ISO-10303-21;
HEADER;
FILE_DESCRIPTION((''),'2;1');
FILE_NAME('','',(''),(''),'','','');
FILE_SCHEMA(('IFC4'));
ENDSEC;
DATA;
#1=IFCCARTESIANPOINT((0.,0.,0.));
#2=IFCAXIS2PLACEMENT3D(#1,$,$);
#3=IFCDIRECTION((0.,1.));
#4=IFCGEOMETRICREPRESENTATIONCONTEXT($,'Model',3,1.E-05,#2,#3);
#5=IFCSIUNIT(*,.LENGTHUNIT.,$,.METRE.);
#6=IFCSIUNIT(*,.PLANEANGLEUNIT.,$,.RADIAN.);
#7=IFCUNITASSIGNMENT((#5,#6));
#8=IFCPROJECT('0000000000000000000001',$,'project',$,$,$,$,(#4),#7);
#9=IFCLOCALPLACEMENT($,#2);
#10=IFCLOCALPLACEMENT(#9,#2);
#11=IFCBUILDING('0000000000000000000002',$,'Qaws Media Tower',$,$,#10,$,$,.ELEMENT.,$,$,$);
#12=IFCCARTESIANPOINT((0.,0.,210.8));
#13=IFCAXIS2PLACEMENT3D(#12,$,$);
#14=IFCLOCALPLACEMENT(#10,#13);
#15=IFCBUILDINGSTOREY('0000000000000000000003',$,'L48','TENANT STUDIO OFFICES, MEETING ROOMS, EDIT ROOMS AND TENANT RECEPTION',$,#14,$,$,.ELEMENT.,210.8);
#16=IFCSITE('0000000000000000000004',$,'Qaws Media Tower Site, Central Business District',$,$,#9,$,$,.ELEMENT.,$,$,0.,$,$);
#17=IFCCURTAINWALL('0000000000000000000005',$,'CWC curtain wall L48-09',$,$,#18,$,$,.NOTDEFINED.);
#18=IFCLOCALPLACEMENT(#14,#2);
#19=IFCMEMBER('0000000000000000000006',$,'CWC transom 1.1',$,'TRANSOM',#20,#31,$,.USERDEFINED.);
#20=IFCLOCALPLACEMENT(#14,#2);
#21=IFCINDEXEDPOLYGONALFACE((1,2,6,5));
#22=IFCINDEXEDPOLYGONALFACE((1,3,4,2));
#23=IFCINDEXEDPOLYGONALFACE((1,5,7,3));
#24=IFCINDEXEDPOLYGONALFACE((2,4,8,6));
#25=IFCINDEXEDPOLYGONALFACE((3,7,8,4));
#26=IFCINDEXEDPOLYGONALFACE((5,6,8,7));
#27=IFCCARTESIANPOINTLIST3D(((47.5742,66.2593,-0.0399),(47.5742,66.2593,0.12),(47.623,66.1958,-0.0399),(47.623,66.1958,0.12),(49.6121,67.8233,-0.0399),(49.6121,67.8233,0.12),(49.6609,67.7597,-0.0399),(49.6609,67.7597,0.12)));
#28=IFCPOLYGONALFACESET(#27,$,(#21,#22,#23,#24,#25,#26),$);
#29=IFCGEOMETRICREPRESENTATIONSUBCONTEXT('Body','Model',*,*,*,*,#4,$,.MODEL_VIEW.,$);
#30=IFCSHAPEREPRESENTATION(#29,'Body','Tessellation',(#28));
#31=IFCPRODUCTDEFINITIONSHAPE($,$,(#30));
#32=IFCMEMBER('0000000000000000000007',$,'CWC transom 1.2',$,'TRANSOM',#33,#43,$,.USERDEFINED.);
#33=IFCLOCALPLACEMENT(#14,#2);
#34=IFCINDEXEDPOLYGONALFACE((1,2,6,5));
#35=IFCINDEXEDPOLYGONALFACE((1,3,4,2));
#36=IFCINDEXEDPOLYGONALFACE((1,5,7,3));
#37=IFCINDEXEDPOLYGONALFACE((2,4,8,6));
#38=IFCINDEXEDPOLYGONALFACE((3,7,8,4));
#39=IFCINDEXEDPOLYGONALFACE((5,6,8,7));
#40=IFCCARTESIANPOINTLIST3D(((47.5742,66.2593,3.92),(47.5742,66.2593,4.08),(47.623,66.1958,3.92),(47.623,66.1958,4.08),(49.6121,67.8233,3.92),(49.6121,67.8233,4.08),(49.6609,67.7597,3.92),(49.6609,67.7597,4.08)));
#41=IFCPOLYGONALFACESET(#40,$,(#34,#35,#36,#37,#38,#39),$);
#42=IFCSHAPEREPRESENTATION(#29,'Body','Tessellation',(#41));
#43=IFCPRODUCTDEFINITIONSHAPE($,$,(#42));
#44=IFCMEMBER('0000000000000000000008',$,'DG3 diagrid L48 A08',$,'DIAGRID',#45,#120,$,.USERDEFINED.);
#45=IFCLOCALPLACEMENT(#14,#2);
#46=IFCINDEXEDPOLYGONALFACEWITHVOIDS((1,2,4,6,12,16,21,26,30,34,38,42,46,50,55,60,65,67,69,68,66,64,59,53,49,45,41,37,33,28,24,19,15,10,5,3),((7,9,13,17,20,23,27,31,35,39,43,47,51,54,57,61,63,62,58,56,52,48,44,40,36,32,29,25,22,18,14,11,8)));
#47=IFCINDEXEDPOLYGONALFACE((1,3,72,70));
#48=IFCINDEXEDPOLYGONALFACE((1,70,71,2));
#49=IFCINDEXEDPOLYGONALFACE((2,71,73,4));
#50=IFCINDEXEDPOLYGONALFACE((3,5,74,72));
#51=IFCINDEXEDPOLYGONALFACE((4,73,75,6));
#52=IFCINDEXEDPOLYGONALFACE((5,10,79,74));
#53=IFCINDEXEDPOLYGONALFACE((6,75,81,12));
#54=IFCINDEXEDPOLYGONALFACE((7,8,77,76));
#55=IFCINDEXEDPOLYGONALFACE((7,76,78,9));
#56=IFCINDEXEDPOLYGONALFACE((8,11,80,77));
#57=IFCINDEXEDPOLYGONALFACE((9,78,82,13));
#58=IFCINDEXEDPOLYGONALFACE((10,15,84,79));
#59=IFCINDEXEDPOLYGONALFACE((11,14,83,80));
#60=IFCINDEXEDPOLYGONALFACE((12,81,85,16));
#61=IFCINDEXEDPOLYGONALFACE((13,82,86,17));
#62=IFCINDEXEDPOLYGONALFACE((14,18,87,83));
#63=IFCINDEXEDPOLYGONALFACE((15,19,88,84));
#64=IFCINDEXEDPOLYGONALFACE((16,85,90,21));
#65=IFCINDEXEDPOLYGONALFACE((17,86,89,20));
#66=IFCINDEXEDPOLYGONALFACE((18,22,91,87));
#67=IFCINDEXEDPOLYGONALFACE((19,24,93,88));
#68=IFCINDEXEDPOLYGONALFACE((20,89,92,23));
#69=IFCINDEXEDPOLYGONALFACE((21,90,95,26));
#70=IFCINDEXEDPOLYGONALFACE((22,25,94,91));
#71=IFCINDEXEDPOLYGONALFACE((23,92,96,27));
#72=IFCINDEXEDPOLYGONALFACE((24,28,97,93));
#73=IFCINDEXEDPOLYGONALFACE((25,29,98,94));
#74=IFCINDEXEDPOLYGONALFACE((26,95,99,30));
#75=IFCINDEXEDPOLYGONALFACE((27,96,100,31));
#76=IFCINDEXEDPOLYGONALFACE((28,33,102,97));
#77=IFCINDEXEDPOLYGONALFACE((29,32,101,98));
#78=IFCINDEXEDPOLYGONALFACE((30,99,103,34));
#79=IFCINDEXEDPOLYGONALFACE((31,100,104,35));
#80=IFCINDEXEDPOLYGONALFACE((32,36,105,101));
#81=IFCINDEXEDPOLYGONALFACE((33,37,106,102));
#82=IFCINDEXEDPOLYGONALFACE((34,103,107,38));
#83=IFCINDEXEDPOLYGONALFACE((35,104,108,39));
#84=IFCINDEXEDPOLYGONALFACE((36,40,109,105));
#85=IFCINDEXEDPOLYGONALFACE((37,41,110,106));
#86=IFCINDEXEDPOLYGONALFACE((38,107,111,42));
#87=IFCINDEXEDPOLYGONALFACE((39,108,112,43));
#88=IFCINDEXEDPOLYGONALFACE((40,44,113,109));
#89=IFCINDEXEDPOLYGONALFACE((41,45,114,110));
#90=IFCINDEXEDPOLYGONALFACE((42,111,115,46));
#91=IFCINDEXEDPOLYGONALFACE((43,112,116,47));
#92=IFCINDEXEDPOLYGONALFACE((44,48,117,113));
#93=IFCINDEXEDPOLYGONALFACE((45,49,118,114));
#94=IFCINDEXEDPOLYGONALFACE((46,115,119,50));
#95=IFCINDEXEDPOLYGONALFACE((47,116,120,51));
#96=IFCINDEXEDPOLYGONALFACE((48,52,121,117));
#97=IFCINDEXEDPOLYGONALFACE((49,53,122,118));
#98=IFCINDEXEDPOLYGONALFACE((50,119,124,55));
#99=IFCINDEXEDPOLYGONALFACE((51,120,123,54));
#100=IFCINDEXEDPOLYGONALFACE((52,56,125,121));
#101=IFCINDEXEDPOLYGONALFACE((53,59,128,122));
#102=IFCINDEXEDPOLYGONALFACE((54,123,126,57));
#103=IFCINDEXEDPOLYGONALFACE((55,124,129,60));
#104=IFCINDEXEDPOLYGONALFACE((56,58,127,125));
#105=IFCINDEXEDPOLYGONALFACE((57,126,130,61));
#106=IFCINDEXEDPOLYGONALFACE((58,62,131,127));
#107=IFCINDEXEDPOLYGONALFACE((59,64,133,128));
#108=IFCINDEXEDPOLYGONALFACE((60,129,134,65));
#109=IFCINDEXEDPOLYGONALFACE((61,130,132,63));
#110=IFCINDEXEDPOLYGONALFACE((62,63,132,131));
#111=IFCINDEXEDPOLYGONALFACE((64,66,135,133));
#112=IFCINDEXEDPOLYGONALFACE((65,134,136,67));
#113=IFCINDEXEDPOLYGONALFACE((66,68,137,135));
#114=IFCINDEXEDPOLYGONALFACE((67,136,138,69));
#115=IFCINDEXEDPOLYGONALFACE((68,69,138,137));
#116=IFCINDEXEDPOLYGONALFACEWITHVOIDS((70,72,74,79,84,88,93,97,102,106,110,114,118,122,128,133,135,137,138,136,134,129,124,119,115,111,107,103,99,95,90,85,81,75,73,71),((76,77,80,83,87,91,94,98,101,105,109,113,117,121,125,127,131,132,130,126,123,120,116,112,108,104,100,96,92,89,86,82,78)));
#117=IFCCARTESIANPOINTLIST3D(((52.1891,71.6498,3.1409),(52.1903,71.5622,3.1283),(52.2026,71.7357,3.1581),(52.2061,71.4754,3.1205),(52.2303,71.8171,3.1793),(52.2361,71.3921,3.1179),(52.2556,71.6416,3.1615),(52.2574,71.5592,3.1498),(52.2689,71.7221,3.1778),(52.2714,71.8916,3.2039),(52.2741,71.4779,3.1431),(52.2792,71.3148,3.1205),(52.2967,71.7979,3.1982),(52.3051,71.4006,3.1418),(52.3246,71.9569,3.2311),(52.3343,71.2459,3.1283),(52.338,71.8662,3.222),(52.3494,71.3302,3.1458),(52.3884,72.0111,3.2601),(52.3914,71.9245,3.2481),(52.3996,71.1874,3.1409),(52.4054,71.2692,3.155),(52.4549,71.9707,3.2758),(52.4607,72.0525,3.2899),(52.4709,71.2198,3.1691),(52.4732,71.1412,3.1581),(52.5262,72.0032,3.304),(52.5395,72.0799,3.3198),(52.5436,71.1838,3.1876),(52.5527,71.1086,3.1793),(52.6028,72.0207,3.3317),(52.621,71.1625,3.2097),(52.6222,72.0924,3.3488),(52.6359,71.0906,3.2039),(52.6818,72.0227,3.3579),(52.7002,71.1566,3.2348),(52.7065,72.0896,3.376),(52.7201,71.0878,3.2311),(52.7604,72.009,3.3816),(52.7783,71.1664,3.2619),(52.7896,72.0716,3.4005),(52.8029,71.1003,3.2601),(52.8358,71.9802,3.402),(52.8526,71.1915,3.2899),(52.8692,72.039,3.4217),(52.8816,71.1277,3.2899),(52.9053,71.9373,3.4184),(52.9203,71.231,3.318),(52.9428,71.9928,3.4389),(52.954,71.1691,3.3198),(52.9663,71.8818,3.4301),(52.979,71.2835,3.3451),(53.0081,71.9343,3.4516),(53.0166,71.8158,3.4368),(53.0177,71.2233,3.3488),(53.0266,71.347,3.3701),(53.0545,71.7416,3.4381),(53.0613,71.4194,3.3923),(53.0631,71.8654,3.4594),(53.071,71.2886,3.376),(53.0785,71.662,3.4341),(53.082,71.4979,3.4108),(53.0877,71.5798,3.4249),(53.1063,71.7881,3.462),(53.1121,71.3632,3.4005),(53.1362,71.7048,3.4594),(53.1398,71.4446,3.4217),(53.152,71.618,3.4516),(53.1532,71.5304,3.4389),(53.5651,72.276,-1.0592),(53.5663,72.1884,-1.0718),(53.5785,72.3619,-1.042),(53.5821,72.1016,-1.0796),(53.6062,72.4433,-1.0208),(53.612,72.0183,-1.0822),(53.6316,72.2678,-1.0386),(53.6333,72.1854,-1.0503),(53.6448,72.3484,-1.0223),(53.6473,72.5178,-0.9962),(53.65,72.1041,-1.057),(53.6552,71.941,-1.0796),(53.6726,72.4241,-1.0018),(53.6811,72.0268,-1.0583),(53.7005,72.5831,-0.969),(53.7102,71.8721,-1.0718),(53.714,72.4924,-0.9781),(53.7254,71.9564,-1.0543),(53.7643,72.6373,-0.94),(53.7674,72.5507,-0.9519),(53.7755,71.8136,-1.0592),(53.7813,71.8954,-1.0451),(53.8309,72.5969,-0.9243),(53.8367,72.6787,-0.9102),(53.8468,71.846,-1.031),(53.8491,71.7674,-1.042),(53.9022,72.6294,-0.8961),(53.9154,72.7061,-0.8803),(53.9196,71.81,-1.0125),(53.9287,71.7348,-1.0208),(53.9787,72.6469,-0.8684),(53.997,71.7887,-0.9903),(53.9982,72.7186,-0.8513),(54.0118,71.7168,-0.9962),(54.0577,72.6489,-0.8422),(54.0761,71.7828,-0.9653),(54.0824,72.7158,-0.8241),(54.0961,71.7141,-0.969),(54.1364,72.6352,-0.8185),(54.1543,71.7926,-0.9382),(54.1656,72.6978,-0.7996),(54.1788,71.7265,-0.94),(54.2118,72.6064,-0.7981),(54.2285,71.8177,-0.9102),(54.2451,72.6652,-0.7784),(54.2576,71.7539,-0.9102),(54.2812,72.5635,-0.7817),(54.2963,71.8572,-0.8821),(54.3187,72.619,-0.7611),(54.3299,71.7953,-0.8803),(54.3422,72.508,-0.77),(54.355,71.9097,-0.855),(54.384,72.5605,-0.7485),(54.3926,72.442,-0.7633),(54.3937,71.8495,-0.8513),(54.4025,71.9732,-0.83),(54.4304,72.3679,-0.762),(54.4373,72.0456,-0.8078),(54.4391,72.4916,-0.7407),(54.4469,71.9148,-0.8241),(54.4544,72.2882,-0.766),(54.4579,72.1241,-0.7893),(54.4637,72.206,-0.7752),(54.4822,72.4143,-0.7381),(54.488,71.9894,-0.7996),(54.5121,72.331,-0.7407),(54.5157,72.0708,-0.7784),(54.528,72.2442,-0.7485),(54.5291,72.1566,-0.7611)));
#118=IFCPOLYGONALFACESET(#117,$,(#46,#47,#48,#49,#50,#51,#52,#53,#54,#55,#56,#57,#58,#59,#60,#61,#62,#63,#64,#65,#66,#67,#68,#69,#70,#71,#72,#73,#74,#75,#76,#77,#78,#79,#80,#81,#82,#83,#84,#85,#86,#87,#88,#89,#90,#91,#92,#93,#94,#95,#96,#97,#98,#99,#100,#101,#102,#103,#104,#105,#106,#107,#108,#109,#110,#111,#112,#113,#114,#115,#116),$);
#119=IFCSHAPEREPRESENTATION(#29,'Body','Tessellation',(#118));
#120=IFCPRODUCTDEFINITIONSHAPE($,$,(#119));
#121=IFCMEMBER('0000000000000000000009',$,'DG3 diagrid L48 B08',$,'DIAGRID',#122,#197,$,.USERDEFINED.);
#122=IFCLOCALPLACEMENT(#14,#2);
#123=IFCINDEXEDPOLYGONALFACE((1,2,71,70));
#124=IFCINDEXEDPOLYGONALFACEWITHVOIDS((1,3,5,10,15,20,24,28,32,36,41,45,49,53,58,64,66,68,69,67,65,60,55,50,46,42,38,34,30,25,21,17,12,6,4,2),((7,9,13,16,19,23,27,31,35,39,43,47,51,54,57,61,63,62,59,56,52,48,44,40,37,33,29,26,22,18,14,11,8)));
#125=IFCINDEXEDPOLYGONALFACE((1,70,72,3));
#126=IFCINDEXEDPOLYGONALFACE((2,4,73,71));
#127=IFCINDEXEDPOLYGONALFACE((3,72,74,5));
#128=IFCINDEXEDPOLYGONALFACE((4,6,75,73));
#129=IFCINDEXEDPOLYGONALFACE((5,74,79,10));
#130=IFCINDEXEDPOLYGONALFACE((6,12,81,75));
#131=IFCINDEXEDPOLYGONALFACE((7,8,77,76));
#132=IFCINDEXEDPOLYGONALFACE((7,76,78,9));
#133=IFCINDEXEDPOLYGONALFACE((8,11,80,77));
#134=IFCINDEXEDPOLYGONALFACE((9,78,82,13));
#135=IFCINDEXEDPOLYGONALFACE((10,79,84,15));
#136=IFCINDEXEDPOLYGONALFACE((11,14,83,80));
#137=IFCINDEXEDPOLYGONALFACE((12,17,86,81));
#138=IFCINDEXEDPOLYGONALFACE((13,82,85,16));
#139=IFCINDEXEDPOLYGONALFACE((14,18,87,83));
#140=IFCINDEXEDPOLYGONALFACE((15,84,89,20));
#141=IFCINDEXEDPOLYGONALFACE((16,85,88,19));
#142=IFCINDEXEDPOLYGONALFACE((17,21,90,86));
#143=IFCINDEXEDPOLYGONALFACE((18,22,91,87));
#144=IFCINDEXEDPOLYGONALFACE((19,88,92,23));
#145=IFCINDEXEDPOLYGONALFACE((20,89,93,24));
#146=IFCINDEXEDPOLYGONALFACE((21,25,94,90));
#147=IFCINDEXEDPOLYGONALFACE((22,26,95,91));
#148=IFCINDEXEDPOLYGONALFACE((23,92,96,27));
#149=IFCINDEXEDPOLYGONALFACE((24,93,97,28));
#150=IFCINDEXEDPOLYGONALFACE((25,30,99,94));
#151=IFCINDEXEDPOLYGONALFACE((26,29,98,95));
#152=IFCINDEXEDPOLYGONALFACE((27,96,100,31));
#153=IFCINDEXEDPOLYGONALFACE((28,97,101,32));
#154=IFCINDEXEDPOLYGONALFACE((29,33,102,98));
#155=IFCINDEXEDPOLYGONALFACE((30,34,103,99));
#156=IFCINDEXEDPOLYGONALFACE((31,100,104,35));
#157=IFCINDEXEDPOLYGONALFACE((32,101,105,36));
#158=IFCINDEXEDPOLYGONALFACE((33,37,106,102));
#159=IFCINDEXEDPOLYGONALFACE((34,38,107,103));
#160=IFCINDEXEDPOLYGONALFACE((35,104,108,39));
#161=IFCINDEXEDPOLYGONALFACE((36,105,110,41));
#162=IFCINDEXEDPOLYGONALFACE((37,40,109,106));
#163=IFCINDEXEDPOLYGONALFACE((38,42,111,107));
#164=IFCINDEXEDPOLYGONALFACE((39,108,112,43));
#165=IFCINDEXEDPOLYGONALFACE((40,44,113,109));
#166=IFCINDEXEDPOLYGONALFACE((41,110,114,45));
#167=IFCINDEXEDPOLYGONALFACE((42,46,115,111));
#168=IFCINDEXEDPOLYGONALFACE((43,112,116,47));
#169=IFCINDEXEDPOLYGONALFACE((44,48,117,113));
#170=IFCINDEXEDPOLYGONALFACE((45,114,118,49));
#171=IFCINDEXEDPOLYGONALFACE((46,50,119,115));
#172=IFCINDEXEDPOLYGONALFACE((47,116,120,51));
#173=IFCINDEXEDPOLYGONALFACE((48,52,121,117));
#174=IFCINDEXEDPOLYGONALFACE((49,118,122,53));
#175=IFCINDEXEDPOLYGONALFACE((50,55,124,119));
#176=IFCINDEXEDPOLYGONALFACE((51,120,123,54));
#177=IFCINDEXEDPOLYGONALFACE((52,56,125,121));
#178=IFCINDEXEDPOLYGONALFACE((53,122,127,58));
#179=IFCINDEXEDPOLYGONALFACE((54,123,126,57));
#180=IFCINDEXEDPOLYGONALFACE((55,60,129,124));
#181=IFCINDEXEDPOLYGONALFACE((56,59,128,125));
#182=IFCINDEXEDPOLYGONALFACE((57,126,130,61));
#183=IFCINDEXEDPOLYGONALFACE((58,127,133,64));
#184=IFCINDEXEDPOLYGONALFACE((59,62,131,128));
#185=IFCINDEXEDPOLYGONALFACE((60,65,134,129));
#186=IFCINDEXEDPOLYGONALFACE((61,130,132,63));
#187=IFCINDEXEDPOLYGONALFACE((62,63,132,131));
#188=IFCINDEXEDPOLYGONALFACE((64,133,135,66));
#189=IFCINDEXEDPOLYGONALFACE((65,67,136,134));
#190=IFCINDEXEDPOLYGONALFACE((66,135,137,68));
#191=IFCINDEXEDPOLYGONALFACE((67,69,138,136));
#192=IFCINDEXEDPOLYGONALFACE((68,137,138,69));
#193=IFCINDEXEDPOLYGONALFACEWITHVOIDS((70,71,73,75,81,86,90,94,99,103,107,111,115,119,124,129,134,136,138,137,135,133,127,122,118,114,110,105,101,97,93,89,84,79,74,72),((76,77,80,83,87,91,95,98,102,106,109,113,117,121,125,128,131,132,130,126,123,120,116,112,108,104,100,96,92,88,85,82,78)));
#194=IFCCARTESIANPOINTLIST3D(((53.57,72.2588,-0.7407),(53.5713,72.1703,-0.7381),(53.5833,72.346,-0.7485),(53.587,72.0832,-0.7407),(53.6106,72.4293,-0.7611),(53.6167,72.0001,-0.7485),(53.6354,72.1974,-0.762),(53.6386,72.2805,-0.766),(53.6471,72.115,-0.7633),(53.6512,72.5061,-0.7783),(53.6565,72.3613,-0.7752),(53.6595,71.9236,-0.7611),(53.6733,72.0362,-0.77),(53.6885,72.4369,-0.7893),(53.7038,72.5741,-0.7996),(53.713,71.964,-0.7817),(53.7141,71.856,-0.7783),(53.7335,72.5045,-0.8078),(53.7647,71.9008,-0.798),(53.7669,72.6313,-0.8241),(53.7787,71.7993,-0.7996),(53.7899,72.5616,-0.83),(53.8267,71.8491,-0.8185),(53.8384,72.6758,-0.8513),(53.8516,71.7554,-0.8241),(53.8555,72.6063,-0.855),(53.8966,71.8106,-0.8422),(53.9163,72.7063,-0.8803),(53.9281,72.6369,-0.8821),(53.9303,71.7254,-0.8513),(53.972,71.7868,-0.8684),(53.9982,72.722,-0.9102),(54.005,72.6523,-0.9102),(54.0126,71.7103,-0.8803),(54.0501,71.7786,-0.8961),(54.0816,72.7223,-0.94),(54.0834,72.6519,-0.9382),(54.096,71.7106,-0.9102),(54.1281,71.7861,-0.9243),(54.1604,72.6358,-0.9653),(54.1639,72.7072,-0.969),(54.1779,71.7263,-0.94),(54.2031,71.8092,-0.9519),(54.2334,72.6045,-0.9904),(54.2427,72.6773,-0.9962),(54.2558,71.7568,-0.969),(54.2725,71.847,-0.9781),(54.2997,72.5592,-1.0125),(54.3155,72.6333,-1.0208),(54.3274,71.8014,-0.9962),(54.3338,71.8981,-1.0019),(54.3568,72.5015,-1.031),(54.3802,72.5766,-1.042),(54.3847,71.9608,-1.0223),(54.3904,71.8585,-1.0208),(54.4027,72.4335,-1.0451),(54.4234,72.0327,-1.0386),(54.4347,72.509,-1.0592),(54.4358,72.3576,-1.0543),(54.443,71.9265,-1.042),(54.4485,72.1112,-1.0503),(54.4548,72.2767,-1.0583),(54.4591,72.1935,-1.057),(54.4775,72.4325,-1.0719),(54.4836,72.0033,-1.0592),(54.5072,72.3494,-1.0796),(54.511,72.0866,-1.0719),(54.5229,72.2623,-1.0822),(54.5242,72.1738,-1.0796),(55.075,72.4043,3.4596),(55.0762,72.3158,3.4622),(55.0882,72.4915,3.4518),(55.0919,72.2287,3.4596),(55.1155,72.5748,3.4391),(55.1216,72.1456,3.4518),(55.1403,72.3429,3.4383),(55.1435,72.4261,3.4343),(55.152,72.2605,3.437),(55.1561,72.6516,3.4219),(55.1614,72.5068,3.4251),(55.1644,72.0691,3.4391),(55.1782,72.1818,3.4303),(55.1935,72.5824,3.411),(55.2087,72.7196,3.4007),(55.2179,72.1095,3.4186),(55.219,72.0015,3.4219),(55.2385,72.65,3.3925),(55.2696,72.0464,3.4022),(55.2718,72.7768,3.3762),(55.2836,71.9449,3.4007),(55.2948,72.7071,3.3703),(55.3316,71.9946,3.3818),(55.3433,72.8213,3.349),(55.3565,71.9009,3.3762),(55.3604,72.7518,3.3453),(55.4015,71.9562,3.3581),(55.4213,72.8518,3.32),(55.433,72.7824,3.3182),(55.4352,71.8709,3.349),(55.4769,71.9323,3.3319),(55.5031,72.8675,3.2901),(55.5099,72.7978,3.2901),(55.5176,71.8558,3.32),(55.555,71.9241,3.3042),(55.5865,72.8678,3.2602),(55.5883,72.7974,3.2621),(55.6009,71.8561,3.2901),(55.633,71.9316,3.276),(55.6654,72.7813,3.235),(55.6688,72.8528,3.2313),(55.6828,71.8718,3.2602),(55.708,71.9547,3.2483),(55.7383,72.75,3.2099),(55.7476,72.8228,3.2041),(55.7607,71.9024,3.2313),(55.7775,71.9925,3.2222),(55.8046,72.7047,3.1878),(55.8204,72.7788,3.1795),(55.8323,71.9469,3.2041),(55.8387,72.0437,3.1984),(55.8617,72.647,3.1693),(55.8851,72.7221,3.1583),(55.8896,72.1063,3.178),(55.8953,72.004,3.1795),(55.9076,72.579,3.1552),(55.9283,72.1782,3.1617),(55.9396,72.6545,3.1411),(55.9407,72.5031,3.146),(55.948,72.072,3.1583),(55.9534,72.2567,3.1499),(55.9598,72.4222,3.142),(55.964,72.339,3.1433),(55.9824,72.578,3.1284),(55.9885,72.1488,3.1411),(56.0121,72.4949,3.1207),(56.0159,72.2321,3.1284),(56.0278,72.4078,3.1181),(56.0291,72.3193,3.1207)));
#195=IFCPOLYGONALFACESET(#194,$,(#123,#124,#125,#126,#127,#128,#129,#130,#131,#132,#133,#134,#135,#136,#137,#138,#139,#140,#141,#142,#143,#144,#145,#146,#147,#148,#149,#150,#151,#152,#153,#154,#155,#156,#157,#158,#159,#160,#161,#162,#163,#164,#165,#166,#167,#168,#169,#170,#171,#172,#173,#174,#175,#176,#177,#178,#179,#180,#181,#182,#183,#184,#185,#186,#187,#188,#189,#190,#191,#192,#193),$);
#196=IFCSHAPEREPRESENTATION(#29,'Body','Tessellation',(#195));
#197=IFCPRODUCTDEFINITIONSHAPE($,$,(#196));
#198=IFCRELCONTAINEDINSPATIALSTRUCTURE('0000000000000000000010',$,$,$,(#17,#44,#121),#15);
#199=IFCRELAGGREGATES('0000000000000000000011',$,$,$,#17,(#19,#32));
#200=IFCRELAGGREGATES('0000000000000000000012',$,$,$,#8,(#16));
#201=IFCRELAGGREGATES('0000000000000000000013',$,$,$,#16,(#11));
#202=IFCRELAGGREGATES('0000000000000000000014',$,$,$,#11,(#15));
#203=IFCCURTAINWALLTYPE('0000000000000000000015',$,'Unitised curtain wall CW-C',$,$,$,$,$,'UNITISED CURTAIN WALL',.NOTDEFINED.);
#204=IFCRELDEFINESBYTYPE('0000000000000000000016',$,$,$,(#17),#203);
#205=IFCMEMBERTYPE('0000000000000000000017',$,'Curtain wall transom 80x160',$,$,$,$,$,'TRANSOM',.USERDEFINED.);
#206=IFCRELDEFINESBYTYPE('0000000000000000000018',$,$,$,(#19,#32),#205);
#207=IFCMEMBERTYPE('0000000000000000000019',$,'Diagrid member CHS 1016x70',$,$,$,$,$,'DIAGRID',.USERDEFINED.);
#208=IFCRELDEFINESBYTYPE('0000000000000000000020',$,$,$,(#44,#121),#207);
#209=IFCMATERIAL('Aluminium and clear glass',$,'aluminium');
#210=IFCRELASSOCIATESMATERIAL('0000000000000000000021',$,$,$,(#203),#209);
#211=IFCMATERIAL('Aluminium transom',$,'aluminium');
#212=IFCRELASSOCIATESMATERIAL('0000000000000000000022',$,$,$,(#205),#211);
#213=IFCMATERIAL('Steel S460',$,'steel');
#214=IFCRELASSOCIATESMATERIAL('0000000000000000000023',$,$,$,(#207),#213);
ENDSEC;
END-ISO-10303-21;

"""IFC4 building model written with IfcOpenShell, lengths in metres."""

from ifc_helpers import new_model, si_unit, direction, frame, origin, origin_2d, place, context, subcontext, project, spatial, rectangle, hollow_circle, extrude, material, material_profile, profile_set, type_object, element, aggregate, save


model = new_model("IFC4")

# Units and contexts
model_context = context("Model", 3, precision=1e-05, world=origin(), true_north=direction((0.0, 1.0)))
body_context = subcontext(model_context, "Body", "Model", "MODEL_VIEW")
ifc_project = project(units=[si_unit("LENGTHUNIT", "METRE"), si_unit("PLANEANGLEUNIT", "RADIAN")], contexts=[model_context])

# Site, building, storey
site_placement = place(None, origin())
site = spatial("IfcSite", under=ifc_project, at=site_placement, Name="Qaws Media Tower Site, Central Business District", CompositionType="ELEMENT", RefElevation=0.0)
building_placement = place(site_placement, origin())
building = spatial("IfcBuilding", under=site, at=building_placement, Name="Qaws Media Tower", CompositionType="ELEMENT")
storey_placement = place(building_placement, frame((0.0, 0.0, 210.8)))
storey = spatial("IfcBuildingStorey", under=building, at=storey_placement, Name="L48", Description="TENANT STUDIO OFFICES, MEETING ROOMS, EDIT ROOMS AND TENANT RECEPTION", CompositionType="ELEMENT", Elevation=210.8)

# Shared definitions
ifc_material_1 = material(Name="Aluminium and clear glass", Category="aluminium")
curtain_wall_type = type_object("IfcCurtainWallType", Name="Unitised curtain wall CW-C", ElementType="UNITISED CURTAIN WALL", PredefinedType="NOTDEFINED", material=ifc_material_1)

# Curtain wall
curtain_wall_1_placement = place(storey_placement, origin())
curtain_wall_1 = element("IfcCurtainWall", 1, at=curtain_wall_1_placement, inside=storey, type_object=curtain_wall_type, Name="CWC curtain wall L48-09", PredefinedType="NOTDEFINED")

# Members
ifc_material_2 = material(Name="Aluminium transom", Category="aluminium")
ifc_material_profile_1 = material_profile(ifc_material_2, rectangle(XDim=0.0801, YDim=0.1599, at=origin_2d()), Name="80x160")
ifc_profile_set_1 = profile_set([ifc_material_profile_1], Name="Aluminium transom")
member_type_1 = type_object("IfcMemberType", Name="Curtain wall transom 80x160", ElementType="TRANSOM", PredefinedType="USERDEFINED", material=ifc_profile_set_1)
member_1_placement = place(storey_placement, frame((49.6365, 67.7915, 0.04), z_axis=(-0.793302, -0.608829, 0.0), x_axis=(0.608829, -0.793302, 0.0)))
member_1 = element("IfcMember", 2, at=member_1_placement, type_object=member_type_1, Name="CWC transom 1.1", ObjectType="TRANSOM", PredefinedType="USERDEFINED", context=body_context, shape_type="SweptSolid", body=[
    extrude(rectangle(XDim=0.0801, YDim=0.1599, at=origin_2d()), origin(), (0.0, 0.0, 1.0), 2.5688),
])
member_2_placement = place(storey_placement, frame((49.6365, 67.7915, 4.0), z_axis=(-0.793302, -0.608829, 0.0), x_axis=(0.608829, -0.793302, 0.0)))
member_2 = element("IfcMember", 3, at=member_2_placement, type_object=member_type_1, Name="CWC transom 1.2", ObjectType="TRANSOM", PredefinedType="USERDEFINED", context=body_context, shape_type="SweptSolid", body=[
    extrude(rectangle(XDim=0.0801, YDim=0.1599, at=origin_2d()), origin(), (0.0, 0.0, 1.0), 2.5688),
])

# Members
ifc_material_3 = material(Name="Steel S460", Category="steel")
ifc_material_profile_2 = material_profile(ifc_material_3, hollow_circle(Radius=0.5081, WallThickness=0.0701, at=origin_2d()), Name="CHS 1016x70")
ifc_profile_set_2 = profile_set([ifc_material_profile_2], Name="Steel S460")
member_type_2 = type_object("IfcMemberType", Name="Diagrid member CHS 1016x70", ElementType="DIAGRID", PredefinedType="USERDEFINED", material=ifc_profile_set_2)
member_3_placement = place(storey_placement, frame((54.0471, 72.2163, -0.9102), z_axis=(-0.30824, -0.140283, 0.940908), x_axis=(0.414229, -0.910173, 0.0)))
element("IfcMember", 4, at=member_3_placement, inside=storey, type_object=member_type_2, Name="DG3 diagrid L48 A08", ObjectType="DIAGRID", PredefinedType="USERDEFINED", context=body_context, shape_type="SweptSolid", body=[
    extrude(hollow_circle(Radius=0.5081, WallThickness=0.0701, at=origin_2d()), origin(), (0.0, 0.0, 1.0), 4.4639),
])
for number, where, z_axis, x_axis, name in (
    (5, (54.0471, 72.2163, -0.9102), (0.337114, 0.032596, 0.940899), (-0.096242, 0.995358, 0.0), "DG3 diagrid L48 B08"),
):
    element("IfcMember", number, at=place(storey_placement, frame(where, z_axis=z_axis, x_axis=x_axis)), inside=storey, type_object=member_type_2, Name=name, ObjectType="DIAGRID", PredefinedType="USERDEFINED", context=body_context, shape_type="SweptSolid", body=[
        extrude(hollow_circle(Radius=0.5081, WallThickness=0.0701, at=origin_2d()), origin(), (0.0, 0.0, 1.0), 4.4641),
    ])

aggregate(curtain_wall_1, [member_1, member_2])

save(model, "model.ifc")
